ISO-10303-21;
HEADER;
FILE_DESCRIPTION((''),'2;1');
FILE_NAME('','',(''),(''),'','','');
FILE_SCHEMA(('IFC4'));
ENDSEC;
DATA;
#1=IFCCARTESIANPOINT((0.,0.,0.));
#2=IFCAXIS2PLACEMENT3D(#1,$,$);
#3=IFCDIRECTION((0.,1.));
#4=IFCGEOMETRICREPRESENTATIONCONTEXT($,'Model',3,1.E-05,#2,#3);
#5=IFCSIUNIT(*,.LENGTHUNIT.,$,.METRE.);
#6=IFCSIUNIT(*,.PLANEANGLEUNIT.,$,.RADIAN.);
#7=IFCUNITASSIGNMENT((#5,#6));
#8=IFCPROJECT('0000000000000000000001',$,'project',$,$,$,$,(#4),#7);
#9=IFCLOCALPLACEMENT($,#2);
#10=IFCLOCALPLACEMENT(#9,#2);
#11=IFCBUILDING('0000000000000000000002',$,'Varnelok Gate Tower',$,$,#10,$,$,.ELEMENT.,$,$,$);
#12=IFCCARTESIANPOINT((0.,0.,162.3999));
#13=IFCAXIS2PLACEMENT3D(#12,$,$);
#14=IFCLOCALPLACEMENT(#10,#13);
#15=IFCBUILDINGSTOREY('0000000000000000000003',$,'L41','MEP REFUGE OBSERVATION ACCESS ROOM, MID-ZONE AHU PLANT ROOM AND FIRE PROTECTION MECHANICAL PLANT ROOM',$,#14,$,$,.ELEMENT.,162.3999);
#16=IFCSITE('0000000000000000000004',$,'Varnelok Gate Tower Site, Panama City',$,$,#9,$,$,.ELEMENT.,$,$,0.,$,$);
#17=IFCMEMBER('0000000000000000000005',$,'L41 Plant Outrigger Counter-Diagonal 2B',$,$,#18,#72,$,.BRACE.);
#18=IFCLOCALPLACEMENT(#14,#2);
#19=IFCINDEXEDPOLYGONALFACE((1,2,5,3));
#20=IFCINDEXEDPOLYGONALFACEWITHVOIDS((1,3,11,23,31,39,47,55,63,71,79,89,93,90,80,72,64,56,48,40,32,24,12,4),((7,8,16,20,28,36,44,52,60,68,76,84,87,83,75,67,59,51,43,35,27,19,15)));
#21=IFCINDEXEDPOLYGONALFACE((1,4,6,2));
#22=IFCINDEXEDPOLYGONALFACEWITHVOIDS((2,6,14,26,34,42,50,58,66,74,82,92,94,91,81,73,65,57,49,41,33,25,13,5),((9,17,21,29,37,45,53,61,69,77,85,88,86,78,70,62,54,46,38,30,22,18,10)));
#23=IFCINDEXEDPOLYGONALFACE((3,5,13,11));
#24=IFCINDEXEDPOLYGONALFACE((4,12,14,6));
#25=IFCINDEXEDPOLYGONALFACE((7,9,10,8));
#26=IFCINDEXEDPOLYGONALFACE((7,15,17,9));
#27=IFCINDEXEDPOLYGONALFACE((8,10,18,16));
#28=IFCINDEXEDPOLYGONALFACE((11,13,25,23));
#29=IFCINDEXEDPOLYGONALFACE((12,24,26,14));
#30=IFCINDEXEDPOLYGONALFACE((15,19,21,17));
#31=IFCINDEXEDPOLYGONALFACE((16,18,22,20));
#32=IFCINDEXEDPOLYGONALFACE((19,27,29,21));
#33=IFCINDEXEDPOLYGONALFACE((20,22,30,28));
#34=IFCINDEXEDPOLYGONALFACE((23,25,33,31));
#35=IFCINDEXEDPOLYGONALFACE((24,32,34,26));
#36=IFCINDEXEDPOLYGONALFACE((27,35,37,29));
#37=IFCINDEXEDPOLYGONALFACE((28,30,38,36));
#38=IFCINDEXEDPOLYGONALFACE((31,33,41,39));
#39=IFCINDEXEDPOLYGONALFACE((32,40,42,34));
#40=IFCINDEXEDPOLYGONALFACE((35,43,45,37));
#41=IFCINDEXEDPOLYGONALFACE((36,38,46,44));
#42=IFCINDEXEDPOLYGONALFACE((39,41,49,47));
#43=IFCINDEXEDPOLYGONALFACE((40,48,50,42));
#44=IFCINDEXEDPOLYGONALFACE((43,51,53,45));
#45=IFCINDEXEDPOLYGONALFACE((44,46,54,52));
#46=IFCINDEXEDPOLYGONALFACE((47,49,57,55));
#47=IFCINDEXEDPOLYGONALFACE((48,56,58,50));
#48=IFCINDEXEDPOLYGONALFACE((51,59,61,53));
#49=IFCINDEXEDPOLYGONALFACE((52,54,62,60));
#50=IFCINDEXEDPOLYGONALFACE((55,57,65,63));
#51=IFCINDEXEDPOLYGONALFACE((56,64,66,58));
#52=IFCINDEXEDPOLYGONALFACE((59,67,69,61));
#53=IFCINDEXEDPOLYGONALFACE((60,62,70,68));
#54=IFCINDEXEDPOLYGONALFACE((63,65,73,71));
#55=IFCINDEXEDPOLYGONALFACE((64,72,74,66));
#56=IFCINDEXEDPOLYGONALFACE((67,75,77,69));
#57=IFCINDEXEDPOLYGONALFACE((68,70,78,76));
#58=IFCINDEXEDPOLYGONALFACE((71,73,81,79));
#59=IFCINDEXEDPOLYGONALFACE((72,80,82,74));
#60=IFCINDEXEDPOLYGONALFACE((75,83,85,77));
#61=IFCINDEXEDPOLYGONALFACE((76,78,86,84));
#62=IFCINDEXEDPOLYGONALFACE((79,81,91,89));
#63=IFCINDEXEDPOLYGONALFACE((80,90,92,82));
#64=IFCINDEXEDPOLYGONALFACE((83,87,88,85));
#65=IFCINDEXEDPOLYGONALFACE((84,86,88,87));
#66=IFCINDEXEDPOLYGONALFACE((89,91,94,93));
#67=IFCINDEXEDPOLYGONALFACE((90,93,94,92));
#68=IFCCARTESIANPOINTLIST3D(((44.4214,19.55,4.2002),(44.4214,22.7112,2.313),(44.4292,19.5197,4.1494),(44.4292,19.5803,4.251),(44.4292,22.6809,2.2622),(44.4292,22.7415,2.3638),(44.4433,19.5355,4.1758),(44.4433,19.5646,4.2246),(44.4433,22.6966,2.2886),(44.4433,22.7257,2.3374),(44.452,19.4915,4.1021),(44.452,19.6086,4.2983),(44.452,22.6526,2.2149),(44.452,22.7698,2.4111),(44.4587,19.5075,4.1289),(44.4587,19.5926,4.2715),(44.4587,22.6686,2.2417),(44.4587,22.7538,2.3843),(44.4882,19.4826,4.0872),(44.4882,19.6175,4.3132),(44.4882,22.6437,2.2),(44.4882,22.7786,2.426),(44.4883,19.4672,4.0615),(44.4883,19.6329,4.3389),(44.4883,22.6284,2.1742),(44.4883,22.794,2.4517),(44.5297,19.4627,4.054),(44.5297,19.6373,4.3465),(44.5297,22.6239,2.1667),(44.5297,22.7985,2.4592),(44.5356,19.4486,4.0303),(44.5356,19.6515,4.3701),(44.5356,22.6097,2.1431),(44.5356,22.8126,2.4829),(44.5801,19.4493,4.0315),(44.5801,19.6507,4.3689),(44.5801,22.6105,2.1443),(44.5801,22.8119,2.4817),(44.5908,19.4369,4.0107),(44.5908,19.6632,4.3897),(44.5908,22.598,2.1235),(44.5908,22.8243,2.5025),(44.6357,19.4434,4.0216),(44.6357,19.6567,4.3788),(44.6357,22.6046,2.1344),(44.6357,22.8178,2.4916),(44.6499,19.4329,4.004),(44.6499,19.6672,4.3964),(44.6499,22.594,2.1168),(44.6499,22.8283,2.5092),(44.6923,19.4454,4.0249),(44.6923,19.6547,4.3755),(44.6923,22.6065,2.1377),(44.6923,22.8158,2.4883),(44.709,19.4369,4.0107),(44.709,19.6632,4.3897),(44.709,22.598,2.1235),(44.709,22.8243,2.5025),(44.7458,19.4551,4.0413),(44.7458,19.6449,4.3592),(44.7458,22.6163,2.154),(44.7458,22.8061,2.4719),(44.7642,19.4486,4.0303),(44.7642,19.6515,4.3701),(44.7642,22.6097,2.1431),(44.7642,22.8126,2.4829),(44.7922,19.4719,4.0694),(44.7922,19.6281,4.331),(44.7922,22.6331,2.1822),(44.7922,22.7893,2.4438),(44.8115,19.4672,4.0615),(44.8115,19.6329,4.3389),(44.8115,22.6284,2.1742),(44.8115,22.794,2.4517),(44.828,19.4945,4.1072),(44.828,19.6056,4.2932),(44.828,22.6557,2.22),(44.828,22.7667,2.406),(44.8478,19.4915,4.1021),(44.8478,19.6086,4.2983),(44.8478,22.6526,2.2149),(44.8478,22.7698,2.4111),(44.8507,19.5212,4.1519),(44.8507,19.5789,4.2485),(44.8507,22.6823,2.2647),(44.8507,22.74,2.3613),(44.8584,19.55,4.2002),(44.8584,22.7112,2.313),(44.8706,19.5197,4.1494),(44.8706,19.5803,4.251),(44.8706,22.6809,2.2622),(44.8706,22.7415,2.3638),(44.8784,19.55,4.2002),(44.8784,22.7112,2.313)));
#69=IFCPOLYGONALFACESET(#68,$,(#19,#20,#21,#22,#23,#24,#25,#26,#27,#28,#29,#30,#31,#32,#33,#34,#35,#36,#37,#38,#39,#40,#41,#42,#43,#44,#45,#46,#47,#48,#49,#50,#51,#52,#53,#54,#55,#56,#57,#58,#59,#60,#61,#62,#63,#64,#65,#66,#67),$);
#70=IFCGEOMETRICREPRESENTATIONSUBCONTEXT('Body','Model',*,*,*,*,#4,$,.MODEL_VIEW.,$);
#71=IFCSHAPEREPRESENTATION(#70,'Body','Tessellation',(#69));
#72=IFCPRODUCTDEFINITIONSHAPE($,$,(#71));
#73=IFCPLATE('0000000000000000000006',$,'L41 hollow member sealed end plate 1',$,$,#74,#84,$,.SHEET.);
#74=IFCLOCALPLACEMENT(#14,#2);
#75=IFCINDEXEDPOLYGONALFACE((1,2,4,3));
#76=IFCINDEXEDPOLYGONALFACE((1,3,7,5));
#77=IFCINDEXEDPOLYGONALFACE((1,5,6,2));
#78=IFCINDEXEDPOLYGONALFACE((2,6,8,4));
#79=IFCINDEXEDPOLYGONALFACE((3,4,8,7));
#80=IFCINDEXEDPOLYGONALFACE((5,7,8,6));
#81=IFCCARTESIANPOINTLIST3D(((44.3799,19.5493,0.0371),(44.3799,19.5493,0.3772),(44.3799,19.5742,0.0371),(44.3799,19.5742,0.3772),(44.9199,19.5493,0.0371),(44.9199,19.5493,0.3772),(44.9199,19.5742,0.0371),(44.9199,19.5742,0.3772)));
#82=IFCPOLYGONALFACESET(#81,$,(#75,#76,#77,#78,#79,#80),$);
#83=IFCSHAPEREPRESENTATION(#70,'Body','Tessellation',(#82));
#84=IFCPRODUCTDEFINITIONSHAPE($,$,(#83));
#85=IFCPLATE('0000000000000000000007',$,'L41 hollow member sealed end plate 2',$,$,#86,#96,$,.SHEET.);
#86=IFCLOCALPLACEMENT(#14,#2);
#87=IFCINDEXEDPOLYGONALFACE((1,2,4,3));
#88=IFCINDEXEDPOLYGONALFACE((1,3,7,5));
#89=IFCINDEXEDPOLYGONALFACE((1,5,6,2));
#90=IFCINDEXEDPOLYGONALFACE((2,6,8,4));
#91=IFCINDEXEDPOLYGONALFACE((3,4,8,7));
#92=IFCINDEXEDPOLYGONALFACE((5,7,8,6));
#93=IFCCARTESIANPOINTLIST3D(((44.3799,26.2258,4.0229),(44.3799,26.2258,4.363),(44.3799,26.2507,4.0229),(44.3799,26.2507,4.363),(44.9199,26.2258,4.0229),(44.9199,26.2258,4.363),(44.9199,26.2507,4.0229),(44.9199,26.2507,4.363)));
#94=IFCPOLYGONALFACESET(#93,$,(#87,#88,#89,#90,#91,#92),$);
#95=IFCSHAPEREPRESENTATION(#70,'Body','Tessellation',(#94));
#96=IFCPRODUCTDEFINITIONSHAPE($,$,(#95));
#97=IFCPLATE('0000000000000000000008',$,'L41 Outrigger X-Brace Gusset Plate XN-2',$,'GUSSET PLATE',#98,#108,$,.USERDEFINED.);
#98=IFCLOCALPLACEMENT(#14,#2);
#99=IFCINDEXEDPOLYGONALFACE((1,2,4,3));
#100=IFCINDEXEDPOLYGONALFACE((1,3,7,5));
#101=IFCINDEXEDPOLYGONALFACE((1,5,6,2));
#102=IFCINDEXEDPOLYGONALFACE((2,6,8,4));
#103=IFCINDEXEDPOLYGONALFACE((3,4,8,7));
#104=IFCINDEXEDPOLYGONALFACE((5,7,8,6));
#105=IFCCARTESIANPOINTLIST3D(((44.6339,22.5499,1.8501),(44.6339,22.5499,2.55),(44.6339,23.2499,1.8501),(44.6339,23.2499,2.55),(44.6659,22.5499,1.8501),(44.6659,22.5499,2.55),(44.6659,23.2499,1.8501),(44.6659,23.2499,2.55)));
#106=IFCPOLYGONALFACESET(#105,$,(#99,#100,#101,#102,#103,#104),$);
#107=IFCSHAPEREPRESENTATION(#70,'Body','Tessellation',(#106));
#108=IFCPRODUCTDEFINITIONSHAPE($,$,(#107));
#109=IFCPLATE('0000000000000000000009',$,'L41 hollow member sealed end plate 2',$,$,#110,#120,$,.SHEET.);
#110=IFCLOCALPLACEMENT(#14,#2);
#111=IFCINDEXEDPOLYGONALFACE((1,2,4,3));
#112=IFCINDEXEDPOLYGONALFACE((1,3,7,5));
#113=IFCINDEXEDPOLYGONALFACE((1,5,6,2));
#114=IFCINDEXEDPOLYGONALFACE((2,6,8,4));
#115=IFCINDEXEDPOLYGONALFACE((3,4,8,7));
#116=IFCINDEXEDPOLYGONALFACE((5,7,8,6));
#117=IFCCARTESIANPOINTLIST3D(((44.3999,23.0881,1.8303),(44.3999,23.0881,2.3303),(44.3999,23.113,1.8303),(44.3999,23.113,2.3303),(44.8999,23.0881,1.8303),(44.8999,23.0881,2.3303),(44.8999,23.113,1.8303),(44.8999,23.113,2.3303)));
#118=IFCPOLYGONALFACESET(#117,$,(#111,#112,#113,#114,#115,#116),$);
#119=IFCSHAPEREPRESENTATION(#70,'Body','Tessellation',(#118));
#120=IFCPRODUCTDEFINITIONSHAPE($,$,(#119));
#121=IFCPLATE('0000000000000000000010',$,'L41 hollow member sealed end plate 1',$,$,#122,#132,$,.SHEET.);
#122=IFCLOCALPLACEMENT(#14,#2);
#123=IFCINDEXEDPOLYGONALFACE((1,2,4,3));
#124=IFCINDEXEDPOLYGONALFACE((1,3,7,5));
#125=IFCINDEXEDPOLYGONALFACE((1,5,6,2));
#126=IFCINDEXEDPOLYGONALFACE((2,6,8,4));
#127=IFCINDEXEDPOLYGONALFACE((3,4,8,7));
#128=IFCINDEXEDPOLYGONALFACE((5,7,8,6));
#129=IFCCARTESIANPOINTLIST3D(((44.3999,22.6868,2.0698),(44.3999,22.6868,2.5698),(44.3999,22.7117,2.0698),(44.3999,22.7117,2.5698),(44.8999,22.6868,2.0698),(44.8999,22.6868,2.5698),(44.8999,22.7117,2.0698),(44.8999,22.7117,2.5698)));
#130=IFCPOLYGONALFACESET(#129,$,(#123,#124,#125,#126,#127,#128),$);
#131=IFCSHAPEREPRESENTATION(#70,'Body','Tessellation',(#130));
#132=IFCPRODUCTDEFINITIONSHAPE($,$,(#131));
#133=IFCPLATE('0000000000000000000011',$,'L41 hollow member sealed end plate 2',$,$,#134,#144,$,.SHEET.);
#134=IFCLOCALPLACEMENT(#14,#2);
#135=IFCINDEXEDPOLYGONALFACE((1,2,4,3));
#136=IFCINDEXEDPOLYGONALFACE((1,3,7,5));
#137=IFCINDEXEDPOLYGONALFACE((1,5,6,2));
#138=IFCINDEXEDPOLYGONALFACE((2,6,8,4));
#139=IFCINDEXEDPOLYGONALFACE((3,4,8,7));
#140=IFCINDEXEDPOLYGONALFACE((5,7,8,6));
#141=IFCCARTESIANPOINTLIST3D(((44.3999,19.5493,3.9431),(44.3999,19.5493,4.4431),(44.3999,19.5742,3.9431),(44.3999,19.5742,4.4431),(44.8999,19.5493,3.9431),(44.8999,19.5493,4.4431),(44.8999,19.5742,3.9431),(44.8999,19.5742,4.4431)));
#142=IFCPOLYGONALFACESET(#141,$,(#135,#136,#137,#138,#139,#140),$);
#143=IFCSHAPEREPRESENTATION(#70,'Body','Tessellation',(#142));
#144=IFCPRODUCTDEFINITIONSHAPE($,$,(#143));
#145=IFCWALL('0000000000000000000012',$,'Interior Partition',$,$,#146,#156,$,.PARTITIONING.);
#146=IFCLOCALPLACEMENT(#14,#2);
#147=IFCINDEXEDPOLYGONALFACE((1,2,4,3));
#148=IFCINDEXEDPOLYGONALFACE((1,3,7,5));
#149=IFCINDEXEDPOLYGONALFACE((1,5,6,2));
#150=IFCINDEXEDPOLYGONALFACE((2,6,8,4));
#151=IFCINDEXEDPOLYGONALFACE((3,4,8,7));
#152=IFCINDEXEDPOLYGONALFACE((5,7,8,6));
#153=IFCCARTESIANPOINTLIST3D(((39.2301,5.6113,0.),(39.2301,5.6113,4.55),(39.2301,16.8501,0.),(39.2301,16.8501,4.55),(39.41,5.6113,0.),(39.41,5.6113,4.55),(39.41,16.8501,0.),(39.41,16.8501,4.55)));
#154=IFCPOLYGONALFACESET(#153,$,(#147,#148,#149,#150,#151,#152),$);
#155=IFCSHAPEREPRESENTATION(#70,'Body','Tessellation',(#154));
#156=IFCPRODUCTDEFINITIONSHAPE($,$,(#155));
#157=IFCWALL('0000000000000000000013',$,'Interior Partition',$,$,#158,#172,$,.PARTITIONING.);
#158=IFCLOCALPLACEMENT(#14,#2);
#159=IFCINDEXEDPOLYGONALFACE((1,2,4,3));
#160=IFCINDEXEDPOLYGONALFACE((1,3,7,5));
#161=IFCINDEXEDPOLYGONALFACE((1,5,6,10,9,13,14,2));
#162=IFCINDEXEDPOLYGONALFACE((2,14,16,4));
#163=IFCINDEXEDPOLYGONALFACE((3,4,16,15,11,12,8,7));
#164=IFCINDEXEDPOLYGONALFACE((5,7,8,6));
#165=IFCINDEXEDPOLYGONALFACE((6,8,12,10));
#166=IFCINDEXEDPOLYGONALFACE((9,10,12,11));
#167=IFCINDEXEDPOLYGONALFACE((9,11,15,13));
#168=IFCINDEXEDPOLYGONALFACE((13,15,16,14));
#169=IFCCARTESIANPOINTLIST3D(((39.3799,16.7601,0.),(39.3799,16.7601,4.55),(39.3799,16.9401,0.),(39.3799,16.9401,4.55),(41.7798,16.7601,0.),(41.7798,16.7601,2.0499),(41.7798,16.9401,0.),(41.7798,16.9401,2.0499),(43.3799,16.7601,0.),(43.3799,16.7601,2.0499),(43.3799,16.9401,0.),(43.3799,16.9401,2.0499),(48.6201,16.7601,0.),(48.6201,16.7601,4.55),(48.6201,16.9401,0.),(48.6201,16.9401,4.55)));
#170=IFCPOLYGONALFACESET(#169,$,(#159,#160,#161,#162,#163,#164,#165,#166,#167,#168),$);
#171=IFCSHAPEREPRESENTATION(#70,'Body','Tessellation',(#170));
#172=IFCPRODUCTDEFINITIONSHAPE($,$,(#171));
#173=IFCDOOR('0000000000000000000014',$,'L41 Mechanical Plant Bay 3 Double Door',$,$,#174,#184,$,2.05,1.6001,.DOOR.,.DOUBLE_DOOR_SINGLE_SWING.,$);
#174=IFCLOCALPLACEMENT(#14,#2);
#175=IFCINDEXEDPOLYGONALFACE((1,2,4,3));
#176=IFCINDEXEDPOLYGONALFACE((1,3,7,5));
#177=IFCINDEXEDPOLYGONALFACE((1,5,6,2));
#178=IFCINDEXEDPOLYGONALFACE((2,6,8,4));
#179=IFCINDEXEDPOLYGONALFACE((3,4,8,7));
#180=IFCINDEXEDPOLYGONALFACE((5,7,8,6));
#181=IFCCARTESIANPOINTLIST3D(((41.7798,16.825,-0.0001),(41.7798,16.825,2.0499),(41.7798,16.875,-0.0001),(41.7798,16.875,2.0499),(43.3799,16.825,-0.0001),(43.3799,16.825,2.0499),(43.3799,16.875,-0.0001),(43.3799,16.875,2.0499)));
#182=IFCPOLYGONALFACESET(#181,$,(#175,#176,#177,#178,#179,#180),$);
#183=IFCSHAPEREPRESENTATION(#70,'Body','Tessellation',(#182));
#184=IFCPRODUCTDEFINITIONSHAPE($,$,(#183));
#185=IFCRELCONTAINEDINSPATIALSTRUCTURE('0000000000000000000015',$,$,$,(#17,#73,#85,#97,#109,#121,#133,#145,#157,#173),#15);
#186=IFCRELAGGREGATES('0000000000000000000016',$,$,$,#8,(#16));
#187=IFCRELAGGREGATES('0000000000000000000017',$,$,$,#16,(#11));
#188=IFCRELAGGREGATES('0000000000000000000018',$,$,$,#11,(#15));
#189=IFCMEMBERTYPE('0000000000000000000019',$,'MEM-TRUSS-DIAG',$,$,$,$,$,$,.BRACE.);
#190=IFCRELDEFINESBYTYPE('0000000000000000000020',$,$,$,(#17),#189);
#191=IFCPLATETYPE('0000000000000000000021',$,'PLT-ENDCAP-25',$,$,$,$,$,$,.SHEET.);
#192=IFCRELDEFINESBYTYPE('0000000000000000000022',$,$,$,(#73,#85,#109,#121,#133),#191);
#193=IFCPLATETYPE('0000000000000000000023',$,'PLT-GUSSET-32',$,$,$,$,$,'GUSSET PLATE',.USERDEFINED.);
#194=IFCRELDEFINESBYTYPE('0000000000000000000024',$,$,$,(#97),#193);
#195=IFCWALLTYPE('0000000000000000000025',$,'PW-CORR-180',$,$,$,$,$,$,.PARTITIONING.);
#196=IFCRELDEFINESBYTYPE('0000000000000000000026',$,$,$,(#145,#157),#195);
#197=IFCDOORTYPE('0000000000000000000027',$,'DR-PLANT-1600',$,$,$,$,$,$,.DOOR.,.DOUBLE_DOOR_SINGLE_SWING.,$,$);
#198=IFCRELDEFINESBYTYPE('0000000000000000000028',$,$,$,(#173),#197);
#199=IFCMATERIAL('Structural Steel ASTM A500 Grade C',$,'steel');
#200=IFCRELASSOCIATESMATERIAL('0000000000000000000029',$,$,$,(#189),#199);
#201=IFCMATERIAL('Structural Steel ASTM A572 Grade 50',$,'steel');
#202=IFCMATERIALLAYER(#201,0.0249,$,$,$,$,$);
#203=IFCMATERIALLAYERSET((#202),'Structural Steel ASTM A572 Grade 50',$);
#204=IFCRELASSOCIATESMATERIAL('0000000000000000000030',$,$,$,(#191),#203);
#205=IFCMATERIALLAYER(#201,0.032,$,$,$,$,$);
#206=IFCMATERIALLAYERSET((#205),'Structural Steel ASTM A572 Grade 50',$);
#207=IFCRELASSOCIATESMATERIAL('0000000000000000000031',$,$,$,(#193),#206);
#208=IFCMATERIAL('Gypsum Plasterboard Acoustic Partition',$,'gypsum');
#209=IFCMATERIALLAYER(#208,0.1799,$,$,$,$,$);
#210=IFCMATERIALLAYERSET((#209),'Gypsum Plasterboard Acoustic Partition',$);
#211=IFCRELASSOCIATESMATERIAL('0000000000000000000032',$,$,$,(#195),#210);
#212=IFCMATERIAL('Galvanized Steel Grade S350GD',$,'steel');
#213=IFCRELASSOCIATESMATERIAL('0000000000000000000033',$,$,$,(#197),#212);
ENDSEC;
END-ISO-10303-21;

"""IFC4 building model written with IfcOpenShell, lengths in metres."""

from ifc_helpers import new_model, si_unit, direction, frame, frame_2d, origin, origin_2d, place, context, subcontext, project, spatial, rectangle, hollow_circle, extrude, source, transform, mapped, material, layer, layer_set, material_profile, profile_set, type_object, element, fill, save


model = new_model("IFC4")

# Units and contexts
model_context = context("Model", 3, precision=1e-05, world=origin(), true_north=direction((0.0, 1.0)))
body_context = subcontext(model_context, "Body", "Model", "MODEL_VIEW")
ifc_project = project(units=[si_unit("LENGTHUNIT", "METRE"), si_unit("PLANEANGLEUNIT", "RADIAN")], contexts=[model_context])

# Site, building, storey
site_placement = place(None, origin())
site = spatial("IfcSite", under=ifc_project, at=site_placement, Name="Varnelok Gate Tower Site, Panama City", CompositionType="ELEMENT", RefElevation=0.0)
building_placement = place(site_placement, origin())
building = spatial("IfcBuilding", under=site, at=building_placement, Name="Varnelok Gate Tower", CompositionType="ELEMENT")
storey_placement = place(building_placement, frame((0.0, 0.0, 162.3999)))
storey = spatial("IfcBuildingStorey", under=building, at=storey_placement, Name="L41", Description="MEP REFUGE OBSERVATION ACCESS ROOM, MID-ZONE AHU PLANT ROOM AND FIRE PROTECTION MECHANICAL PLANT ROOM", CompositionType="ELEMENT", Elevation=162.3999)

# Shared definitions
ifc_material_1 = material(Name="Structural Steel ASTM A572 Grade 50", Category="steel")

# Member
ifc_material_2 = material(Name="Structural Steel ASTM A500 Grade C", Category="steel")
ifc_material_profile_1 = material_profile(ifc_material_2, hollow_circle(Radius=0.2285, WallThickness=0.02, at=origin_2d()), Name="CHS457X20")
ifc_profile_set_1 = profile_set([ifc_material_profile_1], Name="Structural Steel ASTM A500 Grade C")
member_type_1 = type_object("IfcMemberType", Name="MEM-TRUSS-DIAG", PredefinedType="BRACE", material=ifc_profile_set_1)
member_1_placement = place(storey_placement, frame((44.6499, 22.7112, 2.313), z_axis=(0.0, -0.858626, 0.512603), x_axis=(1.0, 0.0, 0.0)))
element("IfcMember", 1, at=member_1_placement, inside=storey, type_object=member_type_1, Name="L41 Plant Outrigger Counter-Diagonal 2B", PredefinedType="BRACE", context=body_context, shape_type="SweptSolid", body=[
    extrude(hollow_circle(Radius=0.2285, WallThickness=0.02, at=origin_2d()), origin(), (0.0, 0.0, 1.0), 3.6816),
])

# Plates
ifc_layer_1 = layer(ifc_material_1, 0.0249)
ifc_layer_set_1 = layer_set([ifc_layer_1], Name="Structural Steel ASTM A572 Grade 50")
plate_type_1 = type_object("IfcPlateType", Name="PLT-ENDCAP-25", PredefinedType="SHEET", material=ifc_layer_set_1)
shared_shape_1 = source(origin(), body_context, "Body", "SweptSolid", [
    extrude(rectangle(XDim=0.0249, YDim=0.54, at=origin_2d()), origin(), (0.0, 0.0, 1.0), 0.3401),
])
for number, where, z_axis, x_axis, name in (
    (2, (44.6499, 19.5618, 0.0371), (0.0, 0.0, 1.0), (0.0, 1.0, 0.0), "L41 hollow member sealed end plate 1"),
    (3, (44.6499, 26.2383, 4.0229), (0.0, 0.0, 1.0), (0.0, 1.0, 0.0), "L41 hollow member sealed end plate 2"),
):
    element("IfcPlate", number, at=place(storey_placement, frame(where, z_axis=z_axis, x_axis=x_axis)), inside=storey, type_object=plate_type_1, Name=name, PredefinedType="SHEET", context=body_context, shape_type="MappedRepresentation", body=[
        mapped(shared_shape_1, transform((0.0, 0.0, 0.0), scale=1.0)),
    ])
ifc_layer_2 = layer(ifc_material_1, 0.032)
ifc_layer_set_2 = layer_set([ifc_layer_2], Name="Structural Steel ASTM A572 Grade 50")
plate_type_2 = type_object("IfcPlateType", Name="PLT-GUSSET-32", ElementType="GUSSET PLATE", PredefinedType="USERDEFINED", material=ifc_layer_set_2)
shared_shape_2 = source(origin(), body_context, "Body", "SweptSolid", [
    extrude(rectangle(XDim=0.7, YDim=0.032, at=origin_2d()), origin(), (0.0, 0.0, 1.0), 0.7),
])
plate_placement = place(storey_placement, frame((44.6499, 22.8999, 1.8501), z_axis=(0.0, 0.0, 1.0), x_axis=(0.0, -1.0, 0.0)))
element("IfcPlate", 4, at=plate_placement, inside=storey, type_object=plate_type_2, Name="L41 Outrigger X-Brace Gusset Plate XN-2", ObjectType="GUSSET PLATE", PredefinedType="USERDEFINED", context=body_context, shape_type="MappedRepresentation", body=[
    mapped(shared_shape_2, transform((0.0, 0.0, 0.0), scale=1.0)),
])
shared_shape_3 = source(origin(), body_context, "Body", "SweptSolid", [
    extrude(rectangle(XDim=0.0249, YDim=0.5, at=origin_2d()), origin(), (0.0, 0.0, 1.0), 0.5),
])
for number, where, z_axis, x_axis, name in (
    (5, (44.6499, 23.1006, 1.8303), (0.0, 0.0, 1.0), (0.0, -1.0, 0.0), "L41 hollow member sealed end plate 2"),
    (6, (44.6499, 22.6992, 2.0698), (0.0, 0.0, 1.0), (0.0, -1.0, 0.0), "L41 hollow member sealed end plate 1"),
    (7, (44.6499, 19.5618, 3.9431), (0.0, 0.0, 1.0), (0.0, -1.0, 0.0), "L41 hollow member sealed end plate 2"),
):
    element("IfcPlate", number, at=place(storey_placement, frame(where, z_axis=z_axis, x_axis=x_axis)), inside=storey, type_object=plate_type_1, Name=name, PredefinedType="SHEET", context=body_context, shape_type="MappedRepresentation", body=[
        mapped(shared_shape_3, transform((0.0, 0.0, 0.0), scale=1.0)),
    ])

# Wall
ifc_material_3 = material(Name="Gypsum Plasterboard Acoustic Partition", Category="gypsum")
ifc_layer_3 = layer(ifc_material_3, 0.1799)
ifc_layer_set_3 = layer_set([ifc_layer_3], Name="Gypsum Plasterboard Acoustic Partition")
wall_type_1 = type_object("IfcWallType", Name="PW-CORR-180", PredefinedType="PARTITIONING", material=ifc_layer_set_3)
wall_1_placement = place(storey_placement, frame((39.3201, 5.6113, 0.0), z_axis=(0.0, 0.0, 1.0), x_axis=(0.0, 1.0, 0.0)))
element("IfcWall", 8, at=wall_1_placement, inside=storey, type_object=wall_type_1, Name="Interior Partition", PredefinedType="PARTITIONING", context=body_context, shape_type="SweptSolid", body=[
    extrude(rectangle(XDim=11.2388, YDim=0.1799, at=frame_2d((5.6194, 0.0))), origin(), (0.0, 0.0, 1.0), 4.55),
])

# Wall, opening, door
wall_2_placement = place(storey_placement, frame((39.3799, 16.8501, 0.0), z_axis=(0.0, 0.0, 1.0), x_axis=(1.0, 0.0, 0.0)))
wall_2 = element("IfcWall", 9, at=wall_2_placement, inside=storey, type_object=wall_type_1, Name="Interior Partition", PredefinedType="PARTITIONING", context=body_context, shape_type="SweptSolid", body=[
    extrude(rectangle(XDim=9.2402, YDim=0.1799, at=frame_2d((4.6201, 0.0))), origin(), (0.0, 0.0, 1.0), 4.55),
])
opening_1_placement = place(wall_2_placement, frame((2.3999, 0.0, 0.0)))
opening_1 = element("IfcOpeningElement", 10, at=opening_1_placement, cuts=wall_2, PredefinedType="OPENING", context=body_context, shape_type="SweptSolid", body=[
    extrude(rectangle(XDim=1.6001, YDim=2.05, at=frame_2d((0.8, 1.0249))), frame((0.0, 0.0999, 0.0), z_axis=(0.0, -1.0, 0.0), x_axis=(1.0, 0.0, 0.0)), (0.0, 0.0, 1.0), 0.2),
])
ifc_material_4 = material(Name="Galvanized Steel Grade S350GD", Category="steel")
door_type = type_object("IfcDoorType", Name="DR-PLANT-1600", OperationType="DOUBLE_DOOR_SINGLE_SWING", PredefinedType="DOOR", material=ifc_material_4)
door_1_placement = place(opening_1_placement, origin())
door_1 = element("IfcDoor", 11, at=door_1_placement, inside=storey, type_object=door_type, Name="L41 Mechanical Plant Bay 3 Double Door", OperationType="DOUBLE_DOOR_SINGLE_SWING", OverallHeight=2.05, OverallWidth=1.6001, PredefinedType="DOOR", context=body_context, shape_type="SweptSolid", body=[
    extrude(rectangle(XDim=1.6001, YDim=2.05, at=frame_2d((0.8, 1.0249))), frame((0.0, 0.0249, 0.0), z_axis=(0.0, -1.0, 0.0), x_axis=(1.0, 0.0, 0.0)), (0.0, 0.0, 1.0), 0.05),
])
fill(opening_1, door_1)

save(model, "model.ifc")
